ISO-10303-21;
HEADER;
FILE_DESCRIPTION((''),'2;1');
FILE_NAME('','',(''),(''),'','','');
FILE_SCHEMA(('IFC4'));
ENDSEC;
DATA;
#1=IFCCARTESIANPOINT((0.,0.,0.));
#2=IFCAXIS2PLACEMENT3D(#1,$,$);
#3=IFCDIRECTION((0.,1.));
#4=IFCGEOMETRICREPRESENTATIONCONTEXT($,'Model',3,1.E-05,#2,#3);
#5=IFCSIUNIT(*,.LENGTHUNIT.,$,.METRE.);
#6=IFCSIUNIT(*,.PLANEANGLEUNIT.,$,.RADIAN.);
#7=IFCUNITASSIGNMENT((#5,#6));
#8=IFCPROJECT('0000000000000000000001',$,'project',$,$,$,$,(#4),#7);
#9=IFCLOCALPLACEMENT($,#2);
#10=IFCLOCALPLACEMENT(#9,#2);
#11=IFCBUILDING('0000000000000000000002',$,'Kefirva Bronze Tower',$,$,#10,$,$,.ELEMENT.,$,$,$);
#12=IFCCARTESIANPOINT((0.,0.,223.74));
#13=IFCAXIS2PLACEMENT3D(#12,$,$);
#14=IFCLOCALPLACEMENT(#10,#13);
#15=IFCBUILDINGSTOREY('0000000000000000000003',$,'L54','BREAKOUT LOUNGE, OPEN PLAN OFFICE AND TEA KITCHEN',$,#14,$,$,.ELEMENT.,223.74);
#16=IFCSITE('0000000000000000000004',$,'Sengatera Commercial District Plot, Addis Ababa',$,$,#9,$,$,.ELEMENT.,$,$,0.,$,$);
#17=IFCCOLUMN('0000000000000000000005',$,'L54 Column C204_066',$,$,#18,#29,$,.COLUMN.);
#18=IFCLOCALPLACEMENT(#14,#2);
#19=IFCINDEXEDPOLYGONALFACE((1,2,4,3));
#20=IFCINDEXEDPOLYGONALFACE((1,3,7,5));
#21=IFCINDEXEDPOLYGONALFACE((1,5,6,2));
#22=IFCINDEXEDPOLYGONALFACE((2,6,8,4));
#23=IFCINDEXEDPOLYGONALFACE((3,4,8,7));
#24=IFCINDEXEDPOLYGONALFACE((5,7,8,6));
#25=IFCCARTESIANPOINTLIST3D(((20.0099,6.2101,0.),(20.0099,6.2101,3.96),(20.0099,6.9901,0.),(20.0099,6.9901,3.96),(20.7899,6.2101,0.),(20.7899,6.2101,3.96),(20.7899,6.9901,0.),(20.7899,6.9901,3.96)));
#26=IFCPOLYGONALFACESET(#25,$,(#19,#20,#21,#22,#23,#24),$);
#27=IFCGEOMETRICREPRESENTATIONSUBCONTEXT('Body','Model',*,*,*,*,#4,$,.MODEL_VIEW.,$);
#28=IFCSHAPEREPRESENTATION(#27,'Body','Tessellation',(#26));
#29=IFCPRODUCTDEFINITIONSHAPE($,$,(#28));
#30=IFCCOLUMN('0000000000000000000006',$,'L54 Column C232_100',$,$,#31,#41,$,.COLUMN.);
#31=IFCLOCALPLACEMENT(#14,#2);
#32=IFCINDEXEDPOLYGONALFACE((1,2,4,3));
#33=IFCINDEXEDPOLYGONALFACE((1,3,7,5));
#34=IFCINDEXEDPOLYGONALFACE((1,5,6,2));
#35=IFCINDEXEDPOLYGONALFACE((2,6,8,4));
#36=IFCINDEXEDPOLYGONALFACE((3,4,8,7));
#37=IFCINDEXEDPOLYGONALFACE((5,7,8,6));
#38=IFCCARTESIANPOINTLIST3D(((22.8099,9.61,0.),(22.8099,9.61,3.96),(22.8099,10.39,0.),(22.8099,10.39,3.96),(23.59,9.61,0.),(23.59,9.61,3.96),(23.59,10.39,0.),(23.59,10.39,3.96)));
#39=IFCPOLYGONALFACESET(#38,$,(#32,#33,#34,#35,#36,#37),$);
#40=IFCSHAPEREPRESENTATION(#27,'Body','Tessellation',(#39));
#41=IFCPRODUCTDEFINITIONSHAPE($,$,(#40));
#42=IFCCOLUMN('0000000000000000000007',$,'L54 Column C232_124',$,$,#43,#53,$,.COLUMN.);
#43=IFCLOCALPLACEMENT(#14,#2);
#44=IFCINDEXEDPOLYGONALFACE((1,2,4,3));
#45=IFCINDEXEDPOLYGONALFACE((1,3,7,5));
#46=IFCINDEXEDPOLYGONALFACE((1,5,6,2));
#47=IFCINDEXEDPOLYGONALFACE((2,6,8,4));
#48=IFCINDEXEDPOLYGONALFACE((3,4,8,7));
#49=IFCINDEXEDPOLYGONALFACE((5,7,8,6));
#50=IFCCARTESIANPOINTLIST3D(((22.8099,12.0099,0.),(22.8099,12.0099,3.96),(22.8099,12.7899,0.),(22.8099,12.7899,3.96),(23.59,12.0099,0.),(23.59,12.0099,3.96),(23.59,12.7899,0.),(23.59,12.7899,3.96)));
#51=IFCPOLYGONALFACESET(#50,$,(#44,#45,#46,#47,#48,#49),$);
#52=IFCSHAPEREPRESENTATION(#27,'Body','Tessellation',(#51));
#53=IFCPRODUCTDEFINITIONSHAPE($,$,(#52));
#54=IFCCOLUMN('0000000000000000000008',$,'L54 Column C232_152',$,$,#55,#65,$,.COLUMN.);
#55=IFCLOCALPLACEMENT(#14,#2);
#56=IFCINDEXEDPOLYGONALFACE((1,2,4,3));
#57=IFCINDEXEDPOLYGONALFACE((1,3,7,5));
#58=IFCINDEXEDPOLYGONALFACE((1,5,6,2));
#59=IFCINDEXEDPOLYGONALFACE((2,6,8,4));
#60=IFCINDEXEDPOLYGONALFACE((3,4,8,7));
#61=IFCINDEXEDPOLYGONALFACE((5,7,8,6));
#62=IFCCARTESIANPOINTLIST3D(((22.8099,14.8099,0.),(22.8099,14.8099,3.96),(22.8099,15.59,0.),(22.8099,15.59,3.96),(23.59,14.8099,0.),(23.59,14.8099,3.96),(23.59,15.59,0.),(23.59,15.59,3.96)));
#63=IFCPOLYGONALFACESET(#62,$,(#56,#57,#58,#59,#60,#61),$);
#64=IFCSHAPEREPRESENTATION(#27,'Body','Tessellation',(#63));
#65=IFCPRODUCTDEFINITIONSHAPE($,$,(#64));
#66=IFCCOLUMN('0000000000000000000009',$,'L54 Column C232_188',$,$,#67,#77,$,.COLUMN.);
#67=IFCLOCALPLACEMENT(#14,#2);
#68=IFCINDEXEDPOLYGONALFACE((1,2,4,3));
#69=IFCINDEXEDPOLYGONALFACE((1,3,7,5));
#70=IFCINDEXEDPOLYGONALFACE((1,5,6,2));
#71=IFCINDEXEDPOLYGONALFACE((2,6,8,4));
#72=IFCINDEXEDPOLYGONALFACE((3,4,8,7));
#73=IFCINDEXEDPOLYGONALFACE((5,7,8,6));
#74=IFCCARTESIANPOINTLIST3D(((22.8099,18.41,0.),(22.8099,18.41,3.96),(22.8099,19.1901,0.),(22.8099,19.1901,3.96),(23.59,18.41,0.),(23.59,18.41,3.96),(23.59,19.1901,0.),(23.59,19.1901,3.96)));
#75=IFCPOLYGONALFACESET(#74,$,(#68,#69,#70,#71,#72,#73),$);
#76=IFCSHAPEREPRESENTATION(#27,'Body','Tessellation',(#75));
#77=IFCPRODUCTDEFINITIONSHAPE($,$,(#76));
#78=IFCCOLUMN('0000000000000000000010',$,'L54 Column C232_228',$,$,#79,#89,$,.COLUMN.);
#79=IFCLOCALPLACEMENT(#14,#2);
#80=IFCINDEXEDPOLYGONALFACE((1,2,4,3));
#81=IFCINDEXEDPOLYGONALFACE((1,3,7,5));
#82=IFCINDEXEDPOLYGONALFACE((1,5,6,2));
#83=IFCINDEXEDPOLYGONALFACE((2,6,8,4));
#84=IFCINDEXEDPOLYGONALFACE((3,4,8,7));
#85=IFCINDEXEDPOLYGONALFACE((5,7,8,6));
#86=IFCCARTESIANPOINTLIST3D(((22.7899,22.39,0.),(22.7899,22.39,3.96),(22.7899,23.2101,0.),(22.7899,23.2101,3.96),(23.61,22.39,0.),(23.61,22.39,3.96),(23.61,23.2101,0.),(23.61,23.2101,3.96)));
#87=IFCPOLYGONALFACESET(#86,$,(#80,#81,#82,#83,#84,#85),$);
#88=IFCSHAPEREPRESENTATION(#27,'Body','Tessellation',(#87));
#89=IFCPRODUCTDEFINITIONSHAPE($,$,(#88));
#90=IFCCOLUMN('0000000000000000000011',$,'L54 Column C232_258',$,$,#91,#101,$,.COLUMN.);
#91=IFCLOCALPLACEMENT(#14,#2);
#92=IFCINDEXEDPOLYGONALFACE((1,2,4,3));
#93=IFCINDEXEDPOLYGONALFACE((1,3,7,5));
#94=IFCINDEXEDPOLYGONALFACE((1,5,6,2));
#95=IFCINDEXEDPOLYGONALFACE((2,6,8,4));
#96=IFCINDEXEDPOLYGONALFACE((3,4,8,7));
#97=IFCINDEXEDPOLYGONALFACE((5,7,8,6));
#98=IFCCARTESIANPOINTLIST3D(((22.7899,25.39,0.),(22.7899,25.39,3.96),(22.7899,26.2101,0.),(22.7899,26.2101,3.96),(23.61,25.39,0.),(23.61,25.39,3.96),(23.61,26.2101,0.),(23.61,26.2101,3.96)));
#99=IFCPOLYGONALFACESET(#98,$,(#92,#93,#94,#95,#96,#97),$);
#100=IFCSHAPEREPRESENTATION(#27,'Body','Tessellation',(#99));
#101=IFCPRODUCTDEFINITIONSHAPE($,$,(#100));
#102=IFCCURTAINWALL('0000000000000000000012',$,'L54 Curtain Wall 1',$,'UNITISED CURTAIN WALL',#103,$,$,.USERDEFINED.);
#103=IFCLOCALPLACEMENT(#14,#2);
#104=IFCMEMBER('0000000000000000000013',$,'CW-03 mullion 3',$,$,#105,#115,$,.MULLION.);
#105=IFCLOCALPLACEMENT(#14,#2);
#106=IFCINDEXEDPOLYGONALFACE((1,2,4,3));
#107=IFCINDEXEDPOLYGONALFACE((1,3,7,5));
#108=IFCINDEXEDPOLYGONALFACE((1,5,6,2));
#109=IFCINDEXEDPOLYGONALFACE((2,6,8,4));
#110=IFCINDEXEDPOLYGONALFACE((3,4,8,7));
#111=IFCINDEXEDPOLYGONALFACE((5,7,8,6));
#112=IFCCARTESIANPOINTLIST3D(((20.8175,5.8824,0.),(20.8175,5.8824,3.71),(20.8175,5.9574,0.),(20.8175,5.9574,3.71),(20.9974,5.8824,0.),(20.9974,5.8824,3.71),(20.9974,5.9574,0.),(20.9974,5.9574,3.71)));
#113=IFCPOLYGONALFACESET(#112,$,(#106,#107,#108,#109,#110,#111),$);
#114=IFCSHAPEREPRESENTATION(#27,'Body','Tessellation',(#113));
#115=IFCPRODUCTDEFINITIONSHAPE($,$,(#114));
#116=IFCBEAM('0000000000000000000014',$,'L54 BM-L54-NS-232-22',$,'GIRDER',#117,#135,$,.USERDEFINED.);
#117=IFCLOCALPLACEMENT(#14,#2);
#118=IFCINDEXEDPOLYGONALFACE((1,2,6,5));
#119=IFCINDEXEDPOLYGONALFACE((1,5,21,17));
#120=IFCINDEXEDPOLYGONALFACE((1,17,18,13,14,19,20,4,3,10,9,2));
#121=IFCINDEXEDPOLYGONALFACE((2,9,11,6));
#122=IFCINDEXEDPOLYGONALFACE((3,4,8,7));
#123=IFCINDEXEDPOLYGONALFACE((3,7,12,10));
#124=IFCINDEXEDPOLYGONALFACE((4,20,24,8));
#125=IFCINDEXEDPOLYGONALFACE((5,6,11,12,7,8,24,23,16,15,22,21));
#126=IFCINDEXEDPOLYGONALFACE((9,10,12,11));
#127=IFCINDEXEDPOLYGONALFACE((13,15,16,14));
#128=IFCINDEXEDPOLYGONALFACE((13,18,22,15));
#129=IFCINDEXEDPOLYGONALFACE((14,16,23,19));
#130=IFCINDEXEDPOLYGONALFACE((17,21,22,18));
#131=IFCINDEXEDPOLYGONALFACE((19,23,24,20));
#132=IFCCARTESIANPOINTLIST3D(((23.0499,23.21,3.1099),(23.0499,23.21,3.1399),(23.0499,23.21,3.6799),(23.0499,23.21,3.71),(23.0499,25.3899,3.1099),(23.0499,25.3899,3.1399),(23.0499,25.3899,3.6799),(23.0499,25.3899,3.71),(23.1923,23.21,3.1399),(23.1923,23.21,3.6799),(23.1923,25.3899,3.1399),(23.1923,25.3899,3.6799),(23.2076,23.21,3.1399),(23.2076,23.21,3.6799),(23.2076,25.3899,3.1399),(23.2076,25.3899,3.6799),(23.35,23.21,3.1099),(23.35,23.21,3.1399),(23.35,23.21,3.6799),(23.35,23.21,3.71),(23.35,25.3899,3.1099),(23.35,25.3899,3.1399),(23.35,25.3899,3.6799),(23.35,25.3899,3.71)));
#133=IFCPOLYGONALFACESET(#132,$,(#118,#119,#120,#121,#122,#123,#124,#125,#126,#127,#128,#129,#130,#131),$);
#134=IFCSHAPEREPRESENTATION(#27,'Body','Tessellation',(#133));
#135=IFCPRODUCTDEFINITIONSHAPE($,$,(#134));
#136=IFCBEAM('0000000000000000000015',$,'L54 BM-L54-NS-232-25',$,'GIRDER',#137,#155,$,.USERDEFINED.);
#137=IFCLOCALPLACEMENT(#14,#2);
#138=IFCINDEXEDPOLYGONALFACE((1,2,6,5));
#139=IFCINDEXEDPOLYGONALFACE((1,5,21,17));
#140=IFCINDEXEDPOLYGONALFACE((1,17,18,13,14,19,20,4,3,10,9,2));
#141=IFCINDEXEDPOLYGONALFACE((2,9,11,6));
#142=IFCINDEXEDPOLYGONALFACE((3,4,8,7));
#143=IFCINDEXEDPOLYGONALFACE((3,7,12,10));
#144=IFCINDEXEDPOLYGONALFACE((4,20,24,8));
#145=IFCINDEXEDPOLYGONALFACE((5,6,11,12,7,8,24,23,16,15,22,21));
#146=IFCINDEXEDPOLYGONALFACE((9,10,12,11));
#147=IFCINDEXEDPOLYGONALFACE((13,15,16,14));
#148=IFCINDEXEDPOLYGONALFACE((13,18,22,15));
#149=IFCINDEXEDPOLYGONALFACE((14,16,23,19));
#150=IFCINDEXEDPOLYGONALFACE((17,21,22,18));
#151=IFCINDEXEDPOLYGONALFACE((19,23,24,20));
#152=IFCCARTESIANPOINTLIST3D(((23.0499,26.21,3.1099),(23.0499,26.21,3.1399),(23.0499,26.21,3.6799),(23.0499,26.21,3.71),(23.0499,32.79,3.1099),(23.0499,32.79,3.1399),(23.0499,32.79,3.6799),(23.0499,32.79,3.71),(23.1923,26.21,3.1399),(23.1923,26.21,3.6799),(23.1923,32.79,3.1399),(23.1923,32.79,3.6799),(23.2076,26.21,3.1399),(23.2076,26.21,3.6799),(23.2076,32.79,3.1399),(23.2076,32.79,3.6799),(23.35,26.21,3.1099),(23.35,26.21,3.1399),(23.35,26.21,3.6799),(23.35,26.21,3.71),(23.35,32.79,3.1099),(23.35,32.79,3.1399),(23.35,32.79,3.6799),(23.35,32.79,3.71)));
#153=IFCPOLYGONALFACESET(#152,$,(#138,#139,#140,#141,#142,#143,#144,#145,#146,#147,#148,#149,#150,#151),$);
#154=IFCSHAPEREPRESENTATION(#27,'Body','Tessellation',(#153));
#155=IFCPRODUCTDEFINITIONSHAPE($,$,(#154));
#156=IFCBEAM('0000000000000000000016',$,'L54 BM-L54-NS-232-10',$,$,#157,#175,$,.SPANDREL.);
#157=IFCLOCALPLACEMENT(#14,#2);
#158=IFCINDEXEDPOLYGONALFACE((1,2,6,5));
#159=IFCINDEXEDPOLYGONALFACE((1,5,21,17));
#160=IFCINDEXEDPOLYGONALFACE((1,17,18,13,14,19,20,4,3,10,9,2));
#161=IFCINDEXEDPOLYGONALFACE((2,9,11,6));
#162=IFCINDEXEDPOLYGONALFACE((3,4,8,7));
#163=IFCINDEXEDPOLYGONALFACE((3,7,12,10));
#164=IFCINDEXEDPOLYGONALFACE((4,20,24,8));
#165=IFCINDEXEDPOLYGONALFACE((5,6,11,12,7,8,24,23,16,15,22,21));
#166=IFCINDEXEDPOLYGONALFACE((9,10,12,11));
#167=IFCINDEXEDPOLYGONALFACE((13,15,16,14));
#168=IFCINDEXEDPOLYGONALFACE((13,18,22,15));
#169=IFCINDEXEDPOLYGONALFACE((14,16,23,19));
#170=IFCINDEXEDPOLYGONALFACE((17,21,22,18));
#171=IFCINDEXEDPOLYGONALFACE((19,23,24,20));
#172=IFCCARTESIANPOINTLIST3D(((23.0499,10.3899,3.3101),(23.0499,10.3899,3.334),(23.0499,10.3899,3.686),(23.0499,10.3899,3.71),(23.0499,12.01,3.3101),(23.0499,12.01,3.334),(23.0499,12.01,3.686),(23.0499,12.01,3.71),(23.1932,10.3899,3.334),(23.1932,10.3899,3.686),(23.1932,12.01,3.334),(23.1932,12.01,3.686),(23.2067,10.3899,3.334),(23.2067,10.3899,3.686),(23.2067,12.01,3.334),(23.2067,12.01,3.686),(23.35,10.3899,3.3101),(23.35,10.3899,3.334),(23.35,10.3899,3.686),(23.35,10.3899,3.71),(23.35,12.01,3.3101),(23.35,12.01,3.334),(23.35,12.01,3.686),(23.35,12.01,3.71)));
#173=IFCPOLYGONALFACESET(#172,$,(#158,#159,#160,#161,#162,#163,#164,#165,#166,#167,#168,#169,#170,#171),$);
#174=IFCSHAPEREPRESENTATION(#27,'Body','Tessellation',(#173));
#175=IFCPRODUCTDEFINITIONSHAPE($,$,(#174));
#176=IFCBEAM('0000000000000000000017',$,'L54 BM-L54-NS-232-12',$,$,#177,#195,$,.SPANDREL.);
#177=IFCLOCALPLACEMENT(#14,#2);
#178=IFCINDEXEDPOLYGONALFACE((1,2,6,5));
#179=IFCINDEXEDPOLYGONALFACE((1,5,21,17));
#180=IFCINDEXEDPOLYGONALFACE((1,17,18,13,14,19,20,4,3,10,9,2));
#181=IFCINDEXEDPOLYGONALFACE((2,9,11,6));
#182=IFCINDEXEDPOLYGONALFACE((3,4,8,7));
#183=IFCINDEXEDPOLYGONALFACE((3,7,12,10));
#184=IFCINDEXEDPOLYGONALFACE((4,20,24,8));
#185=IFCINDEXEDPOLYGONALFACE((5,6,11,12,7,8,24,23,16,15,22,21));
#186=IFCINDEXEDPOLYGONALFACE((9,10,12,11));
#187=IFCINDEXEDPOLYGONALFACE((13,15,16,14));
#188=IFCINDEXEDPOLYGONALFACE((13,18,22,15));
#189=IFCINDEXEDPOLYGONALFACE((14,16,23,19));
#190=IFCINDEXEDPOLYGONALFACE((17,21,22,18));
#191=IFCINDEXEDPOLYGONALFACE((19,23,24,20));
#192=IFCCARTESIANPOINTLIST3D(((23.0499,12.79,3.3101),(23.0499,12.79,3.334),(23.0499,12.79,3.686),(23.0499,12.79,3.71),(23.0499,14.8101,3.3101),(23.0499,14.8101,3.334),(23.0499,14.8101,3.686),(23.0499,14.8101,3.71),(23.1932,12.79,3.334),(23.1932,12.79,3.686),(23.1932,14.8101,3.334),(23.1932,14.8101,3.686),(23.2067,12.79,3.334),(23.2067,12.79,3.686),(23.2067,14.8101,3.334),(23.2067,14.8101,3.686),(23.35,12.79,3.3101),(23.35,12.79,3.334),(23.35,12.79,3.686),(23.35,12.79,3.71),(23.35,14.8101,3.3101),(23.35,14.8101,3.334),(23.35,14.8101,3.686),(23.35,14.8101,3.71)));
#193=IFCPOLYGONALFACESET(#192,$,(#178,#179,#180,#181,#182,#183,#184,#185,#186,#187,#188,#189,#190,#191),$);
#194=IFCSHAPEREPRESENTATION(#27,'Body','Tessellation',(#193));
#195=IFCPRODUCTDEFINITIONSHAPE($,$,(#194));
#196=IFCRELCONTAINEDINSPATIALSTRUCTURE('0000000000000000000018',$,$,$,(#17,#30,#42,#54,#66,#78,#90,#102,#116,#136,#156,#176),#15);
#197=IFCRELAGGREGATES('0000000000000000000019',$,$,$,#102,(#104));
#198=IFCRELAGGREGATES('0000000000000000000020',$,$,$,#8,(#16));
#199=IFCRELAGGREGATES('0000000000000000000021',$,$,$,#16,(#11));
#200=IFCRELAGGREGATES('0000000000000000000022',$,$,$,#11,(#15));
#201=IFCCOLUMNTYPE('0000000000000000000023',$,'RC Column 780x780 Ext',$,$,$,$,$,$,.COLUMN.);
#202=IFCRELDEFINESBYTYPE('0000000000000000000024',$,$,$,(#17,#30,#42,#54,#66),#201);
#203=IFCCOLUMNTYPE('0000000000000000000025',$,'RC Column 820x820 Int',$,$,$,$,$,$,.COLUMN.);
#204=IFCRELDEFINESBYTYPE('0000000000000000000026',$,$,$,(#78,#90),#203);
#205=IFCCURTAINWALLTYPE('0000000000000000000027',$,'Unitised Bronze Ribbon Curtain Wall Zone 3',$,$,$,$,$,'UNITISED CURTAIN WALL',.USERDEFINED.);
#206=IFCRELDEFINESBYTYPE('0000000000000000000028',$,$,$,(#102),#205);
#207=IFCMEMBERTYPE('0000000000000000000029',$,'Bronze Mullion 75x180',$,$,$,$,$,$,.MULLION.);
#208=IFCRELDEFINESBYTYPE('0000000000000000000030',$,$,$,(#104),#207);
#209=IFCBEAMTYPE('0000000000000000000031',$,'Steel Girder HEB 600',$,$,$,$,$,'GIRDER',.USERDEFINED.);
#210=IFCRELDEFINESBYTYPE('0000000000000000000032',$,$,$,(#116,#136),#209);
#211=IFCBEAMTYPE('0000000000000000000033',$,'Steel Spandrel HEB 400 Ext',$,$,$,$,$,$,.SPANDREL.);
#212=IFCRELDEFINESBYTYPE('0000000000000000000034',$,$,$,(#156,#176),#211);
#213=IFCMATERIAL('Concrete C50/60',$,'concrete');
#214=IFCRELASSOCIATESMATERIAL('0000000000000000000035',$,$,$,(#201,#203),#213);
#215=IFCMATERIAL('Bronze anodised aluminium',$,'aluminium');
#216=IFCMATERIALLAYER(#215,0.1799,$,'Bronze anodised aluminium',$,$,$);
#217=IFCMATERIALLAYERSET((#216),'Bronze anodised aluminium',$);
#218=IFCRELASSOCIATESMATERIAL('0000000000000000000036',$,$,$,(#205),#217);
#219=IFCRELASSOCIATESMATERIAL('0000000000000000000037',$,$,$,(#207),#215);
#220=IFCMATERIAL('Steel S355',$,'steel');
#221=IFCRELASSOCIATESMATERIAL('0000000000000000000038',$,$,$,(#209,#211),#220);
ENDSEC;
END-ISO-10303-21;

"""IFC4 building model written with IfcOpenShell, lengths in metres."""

from ifc_helpers import new_model, si_unit, direction, frame, origin, origin_2d, place, context, subcontext, project, spatial, rectangle, i_section, extrude, material, layer, layer_set, material_profile, profile_set, type_object, element, aggregate, save


model = new_model("IFC4")

# Units and contexts
model_context = context("Model", 3, precision=1e-05, world=origin(), true_north=direction((0.0, 1.0)))
body_context = subcontext(model_context, "Body", "Model", "MODEL_VIEW")
ifc_project = project(units=[si_unit("LENGTHUNIT", "METRE"), si_unit("PLANEANGLEUNIT", "RADIAN")], contexts=[model_context])

# Site, building, storey
site_placement = place(None, origin())
site = spatial("IfcSite", under=ifc_project, at=site_placement, Name="Sengatera Commercial District Plot, Addis Ababa", CompositionType="ELEMENT", RefElevation=0.0)
building_placement = place(site_placement, origin())
building = spatial("IfcBuilding", under=site, at=building_placement, Name="Kefirva Bronze Tower", CompositionType="ELEMENT")
storey_placement = place(building_placement, frame((0.0, 0.0, 223.74)))
storey = spatial("IfcBuildingStorey", under=building, at=storey_placement, Name="L54", Description="BREAKOUT LOUNGE, OPEN PLAN OFFICE AND TEA KITCHEN", CompositionType="ELEMENT", Elevation=223.74)

# Columns
ifc_material_1 = material(Name="Concrete C50/60", Category="concrete")
ifc_material_profile_1 = material_profile(ifc_material_1, rectangle(XDim=0.78, YDim=0.78, at=origin_2d()), Name="RC 780x780")
ifc_profile_set_1 = profile_set([ifc_material_profile_1], Name="Concrete C50/60")
column_type_1 = type_object("IfcColumnType", Name="RC Column 780x780 Ext", PredefinedType="COLUMN", material=ifc_profile_set_1)
for number, where, z_axis, x_axis, name in (
    (1, (20.3999, 6.6001, 0.0), (0.0, 0.0, 1.0), (1.0, 0.0, 0.0), "L54 Column C204_066"),
    (2, (23.2, 10.0, 0.0), (0.0, 0.0, 1.0), (1.0, 0.0, 0.0), "L54 Column C232_100"),
    (3, (23.2, 12.3999, 0.0), (0.0, 0.0, 1.0), (1.0, 0.0, 0.0), "L54 Column C232_124"),
    (4, (23.2, 15.2, 0.0), (0.0, 0.0, 1.0), (1.0, 0.0, 0.0), "L54 Column C232_152"),
    (5, (23.2, 18.8, 0.0), (0.0, 0.0, 1.0), (1.0, 0.0, 0.0), "L54 Column C232_188"),
):
    element("IfcColumn", number, at=place(storey_placement, frame(where, z_axis=z_axis, x_axis=x_axis)), inside=storey, type_object=column_type_1, Name=name, PredefinedType="COLUMN", context=body_context, shape_type="SweptSolid", body=[
        extrude(rectangle(XDim=0.78, YDim=0.78, at=origin_2d()), origin(), (0.0, 0.0, 1.0), 3.96),
    ])
ifc_material_profile_2 = material_profile(ifc_material_1, rectangle(XDim=0.8201, YDim=0.8201, at=origin_2d()), Name="RC 820x820")
ifc_profile_set_2 = profile_set([ifc_material_profile_2], Name="Concrete C50/60")
column_type_2 = type_object("IfcColumnType", Name="RC Column 820x820 Int", PredefinedType="COLUMN", material=ifc_profile_set_2)
for number, where, z_axis, x_axis, name in (
    (6, (23.2, 22.8, 0.0), (0.0, 0.0, 1.0), (1.0, 0.0, 0.0), "L54 Column C232_228"),
    (7, (23.2, 25.8, 0.0), (0.0, 0.0, 1.0), (1.0, 0.0, 0.0), "L54 Column C232_258"),
):
    element("IfcColumn", number, at=place(storey_placement, frame(where, z_axis=z_axis, x_axis=x_axis)), inside=storey, type_object=column_type_2, Name=name, PredefinedType="COLUMN", context=body_context, shape_type="SweptSolid", body=[
        extrude(rectangle(XDim=0.8201, YDim=0.8201, at=origin_2d()), origin(), (0.0, 0.0, 1.0), 3.96),
    ])

# Curtain wall, member
ifc_material_2 = material(Name="Bronze anodised aluminium", Category="aluminium")
ifc_layer_1 = layer(ifc_material_2, 0.1799, Name="Bronze anodised aluminium")
ifc_layer_set_1 = layer_set([ifc_layer_1], Name="Bronze anodised aluminium")
curtain_wall_type = type_object("IfcCurtainWallType", Name="Unitised Bronze Ribbon Curtain Wall Zone 3", ElementType="UNITISED CURTAIN WALL", PredefinedType="USERDEFINED", material=ifc_layer_set_1)
curtain_wall_placement = place(storey_placement, origin())
curtain_wall = element("IfcCurtainWall", 8, at=curtain_wall_placement, inside=storey, type_object=curtain_wall_type, Name="L54 Curtain Wall 1", ObjectType="UNITISED CURTAIN WALL", PredefinedType="USERDEFINED")
ifc_material_profile_3 = material_profile(ifc_material_2, rectangle(XDim=0.075, YDim=0.1799, at=origin_2d()), Name="ALU 75x180")
ifc_profile_set_3 = profile_set([ifc_material_profile_3], Name="Bronze anodised aluminium")
member_type = type_object("IfcMemberType", Name="Bronze Mullion 75x180", PredefinedType="MULLION", material=ifc_profile_set_3)
member_placement = place(storey_placement, frame((20.9075, 5.9199, 0.0), z_axis=(0.0, 0.0, 1.0), x_axis=(0.0, 1.0, 0.0)))
member = element("IfcMember", 9, at=member_placement, type_object=member_type, Name="CW-03 mullion 3", PredefinedType="MULLION", context=body_context, shape_type="SweptSolid", body=[
    extrude(rectangle(XDim=0.075, YDim=0.1799, at=origin_2d()), origin(), (0.0, 0.0, 1.0), 3.71),
])
aggregate(curtain_wall, [member])

# Beams
ifc_material_3 = material(Name="Steel S355", Category="steel")
ifc_material_profile_4 = material_profile(ifc_material_3, i_section(OverallWidth=0.3, OverallDepth=0.6001, WebThickness=0.0154, FlangeThickness=0.03, at=origin_2d()), Name="HEB 600")
ifc_profile_set_4 = profile_set([ifc_material_profile_4], Name="Steel S355")
beam_type_1 = type_object("IfcBeamType", Name="Steel Girder HEB 600", ElementType="GIRDER", PredefinedType="USERDEFINED", material=ifc_profile_set_4)
beam_1_placement = place(storey_placement, frame((23.2, 23.21, 3.4099), z_axis=(0.0, 1.0, 0.0), x_axis=(-1.0, 0.0, 0.0)))
element("IfcBeam", 10, at=beam_1_placement, inside=storey, type_object=beam_type_1, Name="L54 BM-L54-NS-232-22", ObjectType="GIRDER", PredefinedType="USERDEFINED", context=body_context, shape_type="SweptSolid", body=[
    extrude(i_section(OverallWidth=0.3, OverallDepth=0.6001, WebThickness=0.0154, FlangeThickness=0.03, at=origin_2d()), origin(), (0.0, 0.0, 1.0), 2.1799),
])
beam_2_placement = place(storey_placement, frame((23.2, 26.21, 3.4099), z_axis=(0.0, 1.0, 0.0), x_axis=(-1.0, 0.0, 0.0)))
element("IfcBeam", 11, at=beam_2_placement, inside=storey, type_object=beam_type_1, Name="L54 BM-L54-NS-232-25", ObjectType="GIRDER", PredefinedType="USERDEFINED", context=body_context, shape_type="SweptSolid", body=[
    extrude(i_section(OverallWidth=0.3, OverallDepth=0.6001, WebThickness=0.0154, FlangeThickness=0.03, at=origin_2d()), origin(), (0.0, 0.0, 1.0), 6.5801),
])
ifc_material_profile_5 = material_profile(ifc_material_3, i_section(OverallWidth=0.3, OverallDepth=0.3999, WebThickness=0.0134, FlangeThickness=0.0239, at=origin_2d()), Name="HEB 400")
ifc_profile_set_5 = profile_set([ifc_material_profile_5], Name="Steel S355")
beam_type_2 = type_object("IfcBeamType", Name="Steel Spandrel HEB 400 Ext", PredefinedType="SPANDREL", material=ifc_profile_set_5)
beam_3_placement = place(storey_placement, frame((23.2, 10.3899, 3.51), z_axis=(0.0, 1.0, 0.0), x_axis=(-1.0, 0.0, 0.0)))
element("IfcBeam", 12, at=beam_3_placement, inside=storey, type_object=beam_type_2, Name="L54 BM-L54-NS-232-10", PredefinedType="SPANDREL", context=body_context, shape_type="SweptSolid", body=[
    extrude(i_section(OverallWidth=0.3, OverallDepth=0.3999, WebThickness=0.0134, FlangeThickness=0.0239, at=origin_2d()), origin(), (0.0, 0.0, 1.0), 1.6201),
])
beam_4_placement = place(storey_placement, frame((23.2, 12.79, 3.51), z_axis=(0.0, 1.0, 0.0), x_axis=(-1.0, 0.0, 0.0)))
element("IfcBeam", 13, at=beam_4_placement, inside=storey, type_object=beam_type_2, Name="L54 BM-L54-NS-232-12", PredefinedType="SPANDREL", context=body_context, shape_type="SweptSolid", body=[
    extrude(i_section(OverallWidth=0.3, OverallDepth=0.3999, WebThickness=0.0134, FlangeThickness=0.0239, at=origin_2d()), origin(), (0.0, 0.0, 1.0), 2.02),
])

save(model, "model.ifc")
